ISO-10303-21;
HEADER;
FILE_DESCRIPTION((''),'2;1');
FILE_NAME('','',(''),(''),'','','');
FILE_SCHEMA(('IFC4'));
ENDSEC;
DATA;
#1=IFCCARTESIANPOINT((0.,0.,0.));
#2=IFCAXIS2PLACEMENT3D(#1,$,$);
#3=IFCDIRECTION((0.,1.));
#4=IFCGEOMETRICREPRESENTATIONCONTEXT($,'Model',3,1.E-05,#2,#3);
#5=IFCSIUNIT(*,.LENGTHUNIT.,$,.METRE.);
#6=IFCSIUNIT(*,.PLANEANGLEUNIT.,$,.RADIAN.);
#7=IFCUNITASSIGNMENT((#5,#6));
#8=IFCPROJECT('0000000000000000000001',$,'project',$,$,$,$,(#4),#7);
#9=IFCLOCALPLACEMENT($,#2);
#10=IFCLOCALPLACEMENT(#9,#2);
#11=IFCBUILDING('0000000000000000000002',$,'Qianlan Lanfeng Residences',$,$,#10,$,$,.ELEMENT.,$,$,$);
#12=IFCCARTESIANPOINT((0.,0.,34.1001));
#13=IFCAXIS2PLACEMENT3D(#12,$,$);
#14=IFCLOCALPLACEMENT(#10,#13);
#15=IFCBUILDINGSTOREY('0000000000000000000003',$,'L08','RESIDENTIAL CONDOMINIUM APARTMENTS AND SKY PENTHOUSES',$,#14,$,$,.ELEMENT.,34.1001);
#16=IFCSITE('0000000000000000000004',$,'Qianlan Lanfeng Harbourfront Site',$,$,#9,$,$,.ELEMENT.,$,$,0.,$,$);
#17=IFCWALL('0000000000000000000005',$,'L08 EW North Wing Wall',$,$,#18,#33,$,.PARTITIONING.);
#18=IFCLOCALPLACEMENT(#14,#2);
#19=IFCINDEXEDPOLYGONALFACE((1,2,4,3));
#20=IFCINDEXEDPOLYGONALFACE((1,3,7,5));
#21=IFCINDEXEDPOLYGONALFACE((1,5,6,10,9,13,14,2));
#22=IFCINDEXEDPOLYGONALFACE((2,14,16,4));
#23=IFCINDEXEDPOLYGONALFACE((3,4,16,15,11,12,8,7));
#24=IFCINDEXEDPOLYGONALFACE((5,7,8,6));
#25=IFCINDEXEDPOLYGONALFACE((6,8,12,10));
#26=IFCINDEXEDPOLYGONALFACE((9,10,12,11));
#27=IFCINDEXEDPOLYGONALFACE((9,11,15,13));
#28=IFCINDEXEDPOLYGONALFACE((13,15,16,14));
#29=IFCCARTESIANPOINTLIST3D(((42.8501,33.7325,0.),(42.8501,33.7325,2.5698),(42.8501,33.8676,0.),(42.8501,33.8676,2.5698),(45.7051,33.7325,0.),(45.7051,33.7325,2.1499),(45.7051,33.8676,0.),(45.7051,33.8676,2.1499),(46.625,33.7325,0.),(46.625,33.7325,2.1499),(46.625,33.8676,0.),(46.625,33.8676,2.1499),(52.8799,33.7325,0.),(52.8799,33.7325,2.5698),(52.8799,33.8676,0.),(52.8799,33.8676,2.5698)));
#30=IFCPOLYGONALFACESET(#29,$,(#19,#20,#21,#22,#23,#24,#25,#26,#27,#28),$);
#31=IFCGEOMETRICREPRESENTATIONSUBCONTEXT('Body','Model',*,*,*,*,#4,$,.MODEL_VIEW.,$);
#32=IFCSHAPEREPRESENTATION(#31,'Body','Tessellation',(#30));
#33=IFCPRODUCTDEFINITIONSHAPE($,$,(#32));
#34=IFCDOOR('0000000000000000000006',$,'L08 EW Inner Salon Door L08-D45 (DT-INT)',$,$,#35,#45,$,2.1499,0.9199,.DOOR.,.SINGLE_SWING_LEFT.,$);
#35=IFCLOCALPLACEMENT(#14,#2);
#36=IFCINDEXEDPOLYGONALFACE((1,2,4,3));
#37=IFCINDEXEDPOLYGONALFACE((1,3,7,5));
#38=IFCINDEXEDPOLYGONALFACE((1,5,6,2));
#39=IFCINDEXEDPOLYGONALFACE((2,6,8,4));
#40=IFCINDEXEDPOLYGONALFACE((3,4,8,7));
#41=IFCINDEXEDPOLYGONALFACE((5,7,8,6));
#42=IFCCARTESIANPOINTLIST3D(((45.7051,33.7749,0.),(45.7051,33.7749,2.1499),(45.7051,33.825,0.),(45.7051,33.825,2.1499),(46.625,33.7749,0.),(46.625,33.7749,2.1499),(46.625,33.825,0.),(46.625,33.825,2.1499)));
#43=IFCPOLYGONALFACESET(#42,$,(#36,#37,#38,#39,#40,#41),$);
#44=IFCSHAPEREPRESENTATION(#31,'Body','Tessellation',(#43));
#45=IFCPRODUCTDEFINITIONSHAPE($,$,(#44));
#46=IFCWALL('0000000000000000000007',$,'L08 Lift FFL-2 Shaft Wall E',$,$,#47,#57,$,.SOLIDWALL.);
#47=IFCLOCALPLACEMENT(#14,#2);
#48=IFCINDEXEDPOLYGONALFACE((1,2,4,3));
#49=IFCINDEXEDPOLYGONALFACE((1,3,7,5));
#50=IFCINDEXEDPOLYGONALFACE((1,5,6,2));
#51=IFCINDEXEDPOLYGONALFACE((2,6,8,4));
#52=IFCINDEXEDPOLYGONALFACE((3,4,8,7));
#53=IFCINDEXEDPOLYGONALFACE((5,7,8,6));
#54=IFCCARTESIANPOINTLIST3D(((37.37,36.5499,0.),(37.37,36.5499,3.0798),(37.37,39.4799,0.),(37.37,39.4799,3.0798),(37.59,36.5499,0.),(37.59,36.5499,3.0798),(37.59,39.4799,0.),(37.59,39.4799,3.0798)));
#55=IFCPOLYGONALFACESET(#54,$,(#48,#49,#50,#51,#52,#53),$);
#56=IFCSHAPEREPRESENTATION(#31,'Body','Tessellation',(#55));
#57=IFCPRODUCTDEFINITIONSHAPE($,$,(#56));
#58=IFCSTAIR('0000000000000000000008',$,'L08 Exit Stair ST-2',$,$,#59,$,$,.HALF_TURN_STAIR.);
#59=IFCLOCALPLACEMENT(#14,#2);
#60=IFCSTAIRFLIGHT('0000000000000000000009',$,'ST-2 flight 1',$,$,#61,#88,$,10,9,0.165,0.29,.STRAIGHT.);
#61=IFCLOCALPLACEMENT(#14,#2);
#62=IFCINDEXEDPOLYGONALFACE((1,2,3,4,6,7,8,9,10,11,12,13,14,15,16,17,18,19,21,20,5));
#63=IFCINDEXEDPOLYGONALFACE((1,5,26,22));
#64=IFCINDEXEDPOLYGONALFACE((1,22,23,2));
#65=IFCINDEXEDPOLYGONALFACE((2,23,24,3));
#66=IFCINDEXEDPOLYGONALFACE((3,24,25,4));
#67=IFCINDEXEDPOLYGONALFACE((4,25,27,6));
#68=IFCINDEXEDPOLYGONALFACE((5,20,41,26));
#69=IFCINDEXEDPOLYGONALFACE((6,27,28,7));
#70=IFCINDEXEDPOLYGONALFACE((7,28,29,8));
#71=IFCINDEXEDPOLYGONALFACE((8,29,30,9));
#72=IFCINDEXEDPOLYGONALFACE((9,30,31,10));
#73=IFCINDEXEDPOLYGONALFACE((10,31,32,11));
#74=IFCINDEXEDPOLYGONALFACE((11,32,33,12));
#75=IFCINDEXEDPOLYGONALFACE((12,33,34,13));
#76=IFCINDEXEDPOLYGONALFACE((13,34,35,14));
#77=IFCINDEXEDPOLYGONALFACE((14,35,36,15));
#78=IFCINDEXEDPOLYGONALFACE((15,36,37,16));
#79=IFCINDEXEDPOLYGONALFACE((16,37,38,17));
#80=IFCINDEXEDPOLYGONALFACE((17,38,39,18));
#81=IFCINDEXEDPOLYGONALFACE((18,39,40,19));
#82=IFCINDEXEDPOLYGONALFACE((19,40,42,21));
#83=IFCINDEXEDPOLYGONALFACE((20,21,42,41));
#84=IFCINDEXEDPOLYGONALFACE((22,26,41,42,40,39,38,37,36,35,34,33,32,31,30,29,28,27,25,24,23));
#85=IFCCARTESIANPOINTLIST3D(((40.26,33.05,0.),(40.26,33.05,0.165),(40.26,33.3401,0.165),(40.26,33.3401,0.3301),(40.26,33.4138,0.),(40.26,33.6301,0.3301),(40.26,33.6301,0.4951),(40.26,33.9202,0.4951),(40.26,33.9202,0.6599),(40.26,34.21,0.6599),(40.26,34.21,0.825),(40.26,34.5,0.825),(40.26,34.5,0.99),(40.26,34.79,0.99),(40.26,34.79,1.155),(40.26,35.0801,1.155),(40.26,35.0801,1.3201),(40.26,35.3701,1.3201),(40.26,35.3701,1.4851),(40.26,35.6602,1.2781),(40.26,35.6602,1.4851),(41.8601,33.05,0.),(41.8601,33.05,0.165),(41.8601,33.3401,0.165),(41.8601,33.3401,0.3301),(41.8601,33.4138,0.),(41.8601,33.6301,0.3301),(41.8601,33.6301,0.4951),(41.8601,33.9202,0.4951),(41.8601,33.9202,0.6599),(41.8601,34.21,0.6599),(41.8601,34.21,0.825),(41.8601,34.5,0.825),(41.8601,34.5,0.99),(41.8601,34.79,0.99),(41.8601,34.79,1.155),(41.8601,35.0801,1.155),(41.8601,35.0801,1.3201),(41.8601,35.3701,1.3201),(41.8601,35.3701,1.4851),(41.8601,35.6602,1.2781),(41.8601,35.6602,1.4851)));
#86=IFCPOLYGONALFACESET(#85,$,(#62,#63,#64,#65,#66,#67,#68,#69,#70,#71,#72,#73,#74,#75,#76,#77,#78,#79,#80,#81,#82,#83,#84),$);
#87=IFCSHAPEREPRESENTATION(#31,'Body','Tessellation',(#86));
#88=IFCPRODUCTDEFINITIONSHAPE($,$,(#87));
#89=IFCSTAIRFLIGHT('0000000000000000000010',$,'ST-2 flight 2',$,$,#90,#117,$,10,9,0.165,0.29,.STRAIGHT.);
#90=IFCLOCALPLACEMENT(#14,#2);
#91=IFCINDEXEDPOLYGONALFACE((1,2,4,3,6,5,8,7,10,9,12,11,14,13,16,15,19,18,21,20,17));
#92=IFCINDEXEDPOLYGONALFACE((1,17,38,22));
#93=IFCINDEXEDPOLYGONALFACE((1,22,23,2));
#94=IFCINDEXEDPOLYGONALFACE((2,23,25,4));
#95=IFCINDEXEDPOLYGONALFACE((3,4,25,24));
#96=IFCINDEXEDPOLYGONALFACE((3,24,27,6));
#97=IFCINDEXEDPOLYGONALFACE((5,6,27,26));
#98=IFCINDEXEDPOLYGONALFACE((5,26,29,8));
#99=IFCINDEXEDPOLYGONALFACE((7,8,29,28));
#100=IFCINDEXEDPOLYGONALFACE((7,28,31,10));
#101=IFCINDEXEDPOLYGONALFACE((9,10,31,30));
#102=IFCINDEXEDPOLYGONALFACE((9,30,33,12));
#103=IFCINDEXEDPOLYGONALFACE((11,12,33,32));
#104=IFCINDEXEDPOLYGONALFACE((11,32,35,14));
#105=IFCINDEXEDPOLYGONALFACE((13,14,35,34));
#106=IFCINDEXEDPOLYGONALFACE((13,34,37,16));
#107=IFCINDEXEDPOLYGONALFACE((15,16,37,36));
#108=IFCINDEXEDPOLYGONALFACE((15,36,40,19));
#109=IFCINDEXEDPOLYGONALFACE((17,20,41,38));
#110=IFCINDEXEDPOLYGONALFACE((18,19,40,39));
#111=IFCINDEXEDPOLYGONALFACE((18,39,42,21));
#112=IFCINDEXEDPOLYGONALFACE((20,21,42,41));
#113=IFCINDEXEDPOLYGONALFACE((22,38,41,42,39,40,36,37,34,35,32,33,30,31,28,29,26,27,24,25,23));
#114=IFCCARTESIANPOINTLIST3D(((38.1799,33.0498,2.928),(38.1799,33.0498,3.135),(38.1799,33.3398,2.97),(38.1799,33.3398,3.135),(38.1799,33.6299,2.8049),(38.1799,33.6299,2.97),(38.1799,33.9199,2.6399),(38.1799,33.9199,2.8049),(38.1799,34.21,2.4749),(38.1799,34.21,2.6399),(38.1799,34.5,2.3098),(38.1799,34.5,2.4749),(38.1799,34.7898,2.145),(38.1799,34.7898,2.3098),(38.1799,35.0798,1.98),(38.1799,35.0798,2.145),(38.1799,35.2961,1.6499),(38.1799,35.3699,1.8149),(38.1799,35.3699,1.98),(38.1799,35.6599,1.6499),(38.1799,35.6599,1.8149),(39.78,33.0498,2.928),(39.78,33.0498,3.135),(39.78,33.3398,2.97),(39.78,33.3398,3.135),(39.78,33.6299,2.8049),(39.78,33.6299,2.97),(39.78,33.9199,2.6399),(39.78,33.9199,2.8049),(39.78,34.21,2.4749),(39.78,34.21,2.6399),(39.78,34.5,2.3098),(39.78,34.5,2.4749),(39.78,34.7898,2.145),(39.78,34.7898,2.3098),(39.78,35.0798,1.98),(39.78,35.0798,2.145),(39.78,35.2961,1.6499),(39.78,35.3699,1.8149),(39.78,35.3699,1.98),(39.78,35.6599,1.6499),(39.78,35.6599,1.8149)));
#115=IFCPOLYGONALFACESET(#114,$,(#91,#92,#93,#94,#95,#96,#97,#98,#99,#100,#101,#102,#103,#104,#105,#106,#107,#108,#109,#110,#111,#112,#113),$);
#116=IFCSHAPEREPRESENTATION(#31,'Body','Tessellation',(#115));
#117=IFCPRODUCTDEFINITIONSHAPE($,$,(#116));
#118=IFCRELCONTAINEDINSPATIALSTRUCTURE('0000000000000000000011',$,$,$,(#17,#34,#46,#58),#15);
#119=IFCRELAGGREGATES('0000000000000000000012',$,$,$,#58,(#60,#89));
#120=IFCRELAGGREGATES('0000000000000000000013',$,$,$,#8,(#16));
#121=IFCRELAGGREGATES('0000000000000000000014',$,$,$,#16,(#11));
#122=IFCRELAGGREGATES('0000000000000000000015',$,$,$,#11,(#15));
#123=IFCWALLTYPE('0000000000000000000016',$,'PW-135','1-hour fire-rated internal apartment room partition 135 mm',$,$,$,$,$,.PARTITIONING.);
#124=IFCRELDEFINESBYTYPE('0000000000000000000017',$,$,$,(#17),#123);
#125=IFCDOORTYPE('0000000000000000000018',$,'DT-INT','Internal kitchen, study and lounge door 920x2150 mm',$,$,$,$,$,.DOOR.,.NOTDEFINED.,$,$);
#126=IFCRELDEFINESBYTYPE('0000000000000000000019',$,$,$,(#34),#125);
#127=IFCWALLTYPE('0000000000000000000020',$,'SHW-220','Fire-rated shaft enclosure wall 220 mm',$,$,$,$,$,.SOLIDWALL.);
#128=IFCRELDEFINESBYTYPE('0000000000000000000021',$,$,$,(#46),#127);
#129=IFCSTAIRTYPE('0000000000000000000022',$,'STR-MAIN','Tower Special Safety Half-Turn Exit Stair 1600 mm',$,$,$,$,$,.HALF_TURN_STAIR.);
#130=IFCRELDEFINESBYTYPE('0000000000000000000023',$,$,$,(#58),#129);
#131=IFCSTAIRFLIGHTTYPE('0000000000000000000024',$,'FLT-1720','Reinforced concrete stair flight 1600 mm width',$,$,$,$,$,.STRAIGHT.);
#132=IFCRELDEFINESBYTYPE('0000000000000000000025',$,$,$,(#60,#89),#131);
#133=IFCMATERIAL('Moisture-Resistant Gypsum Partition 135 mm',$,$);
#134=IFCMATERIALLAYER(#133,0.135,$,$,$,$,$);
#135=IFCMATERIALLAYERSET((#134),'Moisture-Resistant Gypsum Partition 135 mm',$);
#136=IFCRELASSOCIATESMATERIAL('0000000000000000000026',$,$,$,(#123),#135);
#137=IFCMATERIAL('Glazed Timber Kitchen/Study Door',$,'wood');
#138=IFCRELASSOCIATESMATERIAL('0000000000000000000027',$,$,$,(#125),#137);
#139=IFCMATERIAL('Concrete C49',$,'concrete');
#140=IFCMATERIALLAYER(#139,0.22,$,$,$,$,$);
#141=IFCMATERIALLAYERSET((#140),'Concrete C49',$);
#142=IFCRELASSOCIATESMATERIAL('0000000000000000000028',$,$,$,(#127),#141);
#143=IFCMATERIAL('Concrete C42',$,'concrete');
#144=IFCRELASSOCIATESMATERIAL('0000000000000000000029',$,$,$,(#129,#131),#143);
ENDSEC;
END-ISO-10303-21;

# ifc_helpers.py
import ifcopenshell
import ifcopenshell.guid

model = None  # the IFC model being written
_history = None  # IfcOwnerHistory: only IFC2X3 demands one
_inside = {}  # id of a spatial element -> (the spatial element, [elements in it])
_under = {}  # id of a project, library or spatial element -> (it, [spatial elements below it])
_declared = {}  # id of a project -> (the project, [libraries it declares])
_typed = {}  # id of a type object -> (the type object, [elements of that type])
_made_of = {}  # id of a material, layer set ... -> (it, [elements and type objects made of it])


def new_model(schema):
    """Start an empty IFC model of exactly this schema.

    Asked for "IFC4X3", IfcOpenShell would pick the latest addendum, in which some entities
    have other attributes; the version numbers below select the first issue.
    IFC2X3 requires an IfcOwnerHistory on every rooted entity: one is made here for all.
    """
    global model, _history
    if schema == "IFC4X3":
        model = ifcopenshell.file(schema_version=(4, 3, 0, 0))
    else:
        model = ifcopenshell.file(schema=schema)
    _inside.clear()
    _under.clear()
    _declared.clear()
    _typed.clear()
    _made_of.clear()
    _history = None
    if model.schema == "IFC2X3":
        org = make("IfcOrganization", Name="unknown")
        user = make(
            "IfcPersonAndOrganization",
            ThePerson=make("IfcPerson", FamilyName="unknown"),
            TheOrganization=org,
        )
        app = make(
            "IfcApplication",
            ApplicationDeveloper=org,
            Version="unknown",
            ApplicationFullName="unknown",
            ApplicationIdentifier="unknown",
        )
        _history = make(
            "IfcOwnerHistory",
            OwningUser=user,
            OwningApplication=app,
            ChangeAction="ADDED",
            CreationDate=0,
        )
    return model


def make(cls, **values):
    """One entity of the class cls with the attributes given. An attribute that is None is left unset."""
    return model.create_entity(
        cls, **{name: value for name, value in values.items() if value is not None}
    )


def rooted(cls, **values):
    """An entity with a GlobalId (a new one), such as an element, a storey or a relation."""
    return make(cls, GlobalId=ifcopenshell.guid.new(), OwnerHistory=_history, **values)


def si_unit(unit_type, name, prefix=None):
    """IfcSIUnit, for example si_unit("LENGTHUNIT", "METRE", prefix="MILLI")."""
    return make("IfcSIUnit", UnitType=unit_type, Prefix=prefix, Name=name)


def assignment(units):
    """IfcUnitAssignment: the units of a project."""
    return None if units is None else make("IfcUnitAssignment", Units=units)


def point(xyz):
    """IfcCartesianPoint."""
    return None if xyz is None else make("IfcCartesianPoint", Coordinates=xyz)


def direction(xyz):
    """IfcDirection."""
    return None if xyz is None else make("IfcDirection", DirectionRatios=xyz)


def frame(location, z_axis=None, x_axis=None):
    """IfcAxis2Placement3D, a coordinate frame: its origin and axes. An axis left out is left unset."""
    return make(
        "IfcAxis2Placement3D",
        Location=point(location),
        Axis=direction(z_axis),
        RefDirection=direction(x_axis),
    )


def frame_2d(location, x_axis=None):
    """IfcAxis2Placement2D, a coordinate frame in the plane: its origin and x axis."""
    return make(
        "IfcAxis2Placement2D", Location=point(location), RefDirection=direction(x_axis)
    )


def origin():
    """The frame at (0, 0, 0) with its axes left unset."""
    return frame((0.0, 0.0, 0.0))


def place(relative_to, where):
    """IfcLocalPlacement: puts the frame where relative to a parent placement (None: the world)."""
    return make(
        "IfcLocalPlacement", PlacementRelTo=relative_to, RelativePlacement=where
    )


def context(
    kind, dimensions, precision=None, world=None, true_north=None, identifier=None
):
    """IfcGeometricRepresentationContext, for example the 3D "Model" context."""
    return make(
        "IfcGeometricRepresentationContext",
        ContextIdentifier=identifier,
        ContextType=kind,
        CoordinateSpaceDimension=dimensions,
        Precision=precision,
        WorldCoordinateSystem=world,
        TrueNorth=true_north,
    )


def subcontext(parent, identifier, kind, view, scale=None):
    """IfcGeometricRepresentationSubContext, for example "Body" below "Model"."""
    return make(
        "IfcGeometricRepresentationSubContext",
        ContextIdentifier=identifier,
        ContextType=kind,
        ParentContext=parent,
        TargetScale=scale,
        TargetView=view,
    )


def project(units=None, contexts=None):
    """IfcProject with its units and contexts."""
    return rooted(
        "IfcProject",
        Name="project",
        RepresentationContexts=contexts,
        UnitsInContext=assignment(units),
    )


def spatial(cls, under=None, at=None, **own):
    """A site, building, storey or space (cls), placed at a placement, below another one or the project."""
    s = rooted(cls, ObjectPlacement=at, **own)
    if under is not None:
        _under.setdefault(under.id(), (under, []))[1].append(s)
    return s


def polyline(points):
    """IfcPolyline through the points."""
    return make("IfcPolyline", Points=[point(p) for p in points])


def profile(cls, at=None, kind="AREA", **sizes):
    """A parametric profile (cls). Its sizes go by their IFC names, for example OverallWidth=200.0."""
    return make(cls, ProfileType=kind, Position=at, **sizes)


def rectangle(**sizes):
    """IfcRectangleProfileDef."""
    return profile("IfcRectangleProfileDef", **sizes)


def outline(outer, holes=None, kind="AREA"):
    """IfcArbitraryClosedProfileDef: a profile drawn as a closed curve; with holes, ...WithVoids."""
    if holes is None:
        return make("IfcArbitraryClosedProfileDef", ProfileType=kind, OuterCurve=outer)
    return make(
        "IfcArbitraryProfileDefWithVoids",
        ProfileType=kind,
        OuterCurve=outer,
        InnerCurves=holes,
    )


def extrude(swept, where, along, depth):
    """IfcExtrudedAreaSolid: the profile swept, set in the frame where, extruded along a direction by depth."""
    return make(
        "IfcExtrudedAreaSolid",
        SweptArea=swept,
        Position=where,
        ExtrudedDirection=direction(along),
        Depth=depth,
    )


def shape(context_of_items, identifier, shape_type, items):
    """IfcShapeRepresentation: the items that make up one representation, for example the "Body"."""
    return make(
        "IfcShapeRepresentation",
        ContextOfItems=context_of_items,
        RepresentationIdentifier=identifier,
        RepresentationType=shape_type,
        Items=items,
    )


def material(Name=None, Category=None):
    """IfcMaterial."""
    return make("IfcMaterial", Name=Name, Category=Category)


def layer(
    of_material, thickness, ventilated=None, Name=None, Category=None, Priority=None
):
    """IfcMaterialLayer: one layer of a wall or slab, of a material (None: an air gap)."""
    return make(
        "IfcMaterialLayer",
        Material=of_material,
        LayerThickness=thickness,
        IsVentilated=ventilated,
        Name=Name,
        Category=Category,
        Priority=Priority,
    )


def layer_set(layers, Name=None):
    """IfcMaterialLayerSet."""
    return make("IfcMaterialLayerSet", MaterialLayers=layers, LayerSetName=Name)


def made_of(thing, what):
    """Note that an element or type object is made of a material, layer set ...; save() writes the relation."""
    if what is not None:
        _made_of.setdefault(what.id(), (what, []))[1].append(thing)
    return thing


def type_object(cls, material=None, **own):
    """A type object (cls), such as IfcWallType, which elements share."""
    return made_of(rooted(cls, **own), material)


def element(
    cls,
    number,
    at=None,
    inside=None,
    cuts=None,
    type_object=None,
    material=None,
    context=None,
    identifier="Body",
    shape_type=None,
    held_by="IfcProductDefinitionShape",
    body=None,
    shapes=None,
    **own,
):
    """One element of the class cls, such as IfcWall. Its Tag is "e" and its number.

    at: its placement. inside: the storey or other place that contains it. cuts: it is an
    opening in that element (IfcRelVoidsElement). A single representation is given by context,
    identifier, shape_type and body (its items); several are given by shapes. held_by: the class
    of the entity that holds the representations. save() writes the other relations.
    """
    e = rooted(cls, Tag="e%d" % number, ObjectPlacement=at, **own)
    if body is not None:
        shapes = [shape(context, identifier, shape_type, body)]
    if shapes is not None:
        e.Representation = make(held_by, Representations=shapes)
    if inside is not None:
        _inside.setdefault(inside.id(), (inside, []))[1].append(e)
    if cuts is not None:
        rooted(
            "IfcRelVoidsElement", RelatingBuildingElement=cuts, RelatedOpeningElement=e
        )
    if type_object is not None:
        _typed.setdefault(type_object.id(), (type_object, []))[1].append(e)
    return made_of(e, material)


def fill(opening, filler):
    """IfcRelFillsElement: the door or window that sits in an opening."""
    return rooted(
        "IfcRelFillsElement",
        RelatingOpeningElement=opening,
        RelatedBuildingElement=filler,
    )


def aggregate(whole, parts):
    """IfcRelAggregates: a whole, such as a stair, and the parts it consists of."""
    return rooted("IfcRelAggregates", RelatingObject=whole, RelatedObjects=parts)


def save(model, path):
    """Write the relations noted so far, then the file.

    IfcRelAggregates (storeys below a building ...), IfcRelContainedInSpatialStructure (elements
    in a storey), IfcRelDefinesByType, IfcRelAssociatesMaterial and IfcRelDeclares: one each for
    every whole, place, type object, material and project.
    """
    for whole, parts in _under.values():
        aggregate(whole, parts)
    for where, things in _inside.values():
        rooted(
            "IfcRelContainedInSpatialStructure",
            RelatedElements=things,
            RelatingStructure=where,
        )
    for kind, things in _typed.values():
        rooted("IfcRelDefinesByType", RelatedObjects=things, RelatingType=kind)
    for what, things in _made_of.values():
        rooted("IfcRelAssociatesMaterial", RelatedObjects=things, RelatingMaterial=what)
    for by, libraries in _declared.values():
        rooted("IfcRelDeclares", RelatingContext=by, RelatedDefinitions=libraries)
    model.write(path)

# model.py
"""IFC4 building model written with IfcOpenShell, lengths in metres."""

from ifc_helpers import new_model, si_unit, direction, frame, frame_2d, origin, place, context, subcontext, project, spatial, polyline, rectangle, outline, extrude, material, layer, layer_set, type_object, element, fill, aggregate, save


model = new_model("IFC4")

# Units and contexts
model_context = context("Model", 3, precision=1e-05, world=origin(), true_north=direction((0.0, 1.0)))
body_context = subcontext(model_context, "Body", "Model", "MODEL_VIEW")
ifc_project = project(units=[si_unit("LENGTHUNIT", "METRE"), si_unit("PLANEANGLEUNIT", "RADIAN")], contexts=[model_context])

# Site, building, storey
site_placement = place(None, origin())
site = spatial("IfcSite", under=ifc_project, at=site_placement, Name="Qianlan Lanfeng Harbourfront Site", CompositionType="ELEMENT", RefElevation=0.0)
building_placement = place(site_placement, origin())
building = spatial("IfcBuilding", under=site, at=building_placement, Name="Qianlan Lanfeng Residences", CompositionType="ELEMENT")
storey_placement = place(building_placement, frame((0.0, 0.0, 34.1001)))
storey = spatial("IfcBuildingStorey", under=building, at=storey_placement, Name="L08", Description="RESIDENTIAL CONDOMINIUM APARTMENTS AND SKY PENTHOUSES", CompositionType="ELEMENT", Elevation=34.1001)

# Shared definitions
ifc_material_1 = material(Name="Concrete C42", Category="concrete")

# Wall, opening, door
ifc_material_2 = material(Name="Moisture-Resistant Gypsum Partition 135 mm")
ifc_layer_1 = layer(ifc_material_2, 0.135)
ifc_layer_set_1 = layer_set([ifc_layer_1], Name="Moisture-Resistant Gypsum Partition 135 mm")
wall_type_1 = type_object("IfcWallType", Name="PW-135", Description="1-hour fire-rated internal apartment room partition 135 mm", PredefinedType="PARTITIONING", material=ifc_layer_set_1)
wall_1_placement = place(storey_placement, frame((42.8501, 33.8, 0.0), z_axis=(0.0, 0.0, 1.0), x_axis=(1.0, 0.0, 0.0)))
wall_1 = element("IfcWall", 1, at=wall_1_placement, inside=storey, type_object=wall_type_1, Name="L08 EW North Wing Wall", PredefinedType="PARTITIONING", context=body_context, shape_type="SweptSolid", body=[
    extrude(rectangle(XDim=10.0298, YDim=0.135, at=frame_2d((5.0149, 0.0))), origin(), (0.0, 0.0, 1.0), 2.5698),
])
opening_1_placement = place(wall_1_placement, frame((2.855, 0.0, 0.0)))
opening_1 = element("IfcOpeningElement", 2, at=opening_1_placement, cuts=wall_1, PredefinedType="OPENING", context=body_context, shape_type="SweptSolid", body=[
    extrude(rectangle(XDim=0.9199, YDim=2.1499, at=frame_2d((0.46, 1.075))), frame((0.0, 0.0776, 0.0), z_axis=(0.0, -1.0, 0.0), x_axis=(1.0, 0.0, 0.0)), (0.0, 0.0, 1.0), 0.155),
])
ifc_material_3 = material(Name="Glazed Timber Kitchen/Study Door", Category="wood")
door_type_1 = type_object("IfcDoorType", Name="DT-INT", Description="Internal kitchen, study and lounge door 920x2150 mm", OperationType="NOTDEFINED", PredefinedType="DOOR", material=ifc_material_3)
door_1_placement = place(opening_1_placement, origin())
door_1 = element("IfcDoor", 3, at=door_1_placement, inside=storey, type_object=door_type_1, Name="L08 EW Inner Salon Door L08-D45 (DT-INT)", OperationType="SINGLE_SWING_LEFT", OverallHeight=2.1499, OverallWidth=0.9199, PredefinedType="DOOR", context=body_context, shape_type="SweptSolid", body=[
    extrude(rectangle(XDim=0.9199, YDim=2.1499, at=frame_2d((0.46, 1.075))), frame((0.0, 0.0249, 0.0), z_axis=(0.0, -1.0, 0.0), x_axis=(1.0, 0.0, 0.0)), (0.0, 0.0, 1.0), 0.05),
])
fill(opening_1, door_1)

# Wall
ifc_material_4 = material(Name="Concrete C49", Category="concrete")
ifc_layer_2 = layer(ifc_material_4, 0.22)
ifc_layer_set_2 = layer_set([ifc_layer_2], Name="Concrete C49")
wall_type_2 = type_object("IfcWallType", Name="SHW-220", Description="Fire-rated shaft enclosure wall 220 mm", PredefinedType="SOLIDWALL", material=ifc_layer_set_2)
wall_2_placement = place(storey_placement, frame((37.48, 36.55, 0.0), z_axis=(0.0, 0.0, 1.0), x_axis=(0.0, 1.0, 0.0)))
element("IfcWall", 4, at=wall_2_placement, inside=storey, type_object=wall_type_2, Name="L08 Lift FFL-2 Shaft Wall E", PredefinedType="SOLIDWALL", context=body_context, shape_type="SweptSolid", body=[
    extrude(rectangle(XDim=2.9299, YDim=0.22, at=frame_2d((1.4648, 0.0))), origin(), (0.0, 0.0, 1.0), 3.0798),
])

# Stair, stair flights
stair_type = type_object("IfcStairType", Name="STR-MAIN", Description="Tower Special Safety Half-Turn Exit Stair 1600 mm", PredefinedType="HALF_TURN_STAIR", material=ifc_material_1)
stair_placement = place(storey_placement, origin())
stair = element("IfcStair", 5, at=stair_placement, inside=storey, type_object=stair_type, Name="L08 Exit Stair ST-2", PredefinedType="HALF_TURN_STAIR")
stair_flight_type = type_object("IfcStairFlightType", Name="FLT-1720", Description="Reinforced concrete stair flight 1600 mm width", PredefinedType="STRAIGHT", material=ifc_material_1)
stair_flight_1_placement = place(storey_placement, frame((41.0601, 33.05, 0.0), z_axis=(0.0, 0.0, 1.0), x_axis=(0.0, 1.0, 0.0)))
stair_flight_1 = element("IfcStairFlight", 6, at=stair_flight_1_placement, type_object=stair_flight_type, Name="ST-2 flight 1", NumberOfRisers=10, NumberOfTreads=9, PredefinedType="STRAIGHT", RiserHeight=0.165, TreadLength=0.29, context=body_context, shape_type="SweptSolid", body=[
    extrude(outline(polyline([(0.0, 0.0), (0.0, 0.165), (0.29, 0.165), (0.29, 0.3301), (0.5801, 0.3301), (0.5801, 0.4951), (0.8701, 0.4951), (0.8701, 0.6599), (1.1599, 0.6599), (1.1599, 0.825), (1.45, 0.825), (1.45, 0.99), (1.74, 0.99), (1.74, 1.155), (2.03, 1.155), (2.03, 1.3201), (2.3201, 1.3201), (2.3201, 1.4851), (2.6101, 1.4851), (2.6101, 1.6499), (2.6101, 1.2781), (0.3638, 0.0), (0.0, 0.0)])), frame((0.0, 0.8, 0.0), z_axis=(0.0, -1.0, 0.0), x_axis=(1.0, 0.0, 0.0)), (0.0, 0.0, 1.0), 1.6001),
])
stair_flight_2_placement = place(storey_placement, frame((38.98, 35.6599, 1.6499), z_axis=(0.0, 0.0, 1.0), x_axis=(0.0, -1.0, 0.0)))
stair_flight_2 = element("IfcStairFlight", 7, at=stair_flight_2_placement, type_object=stair_flight_type, Name="ST-2 flight 2", NumberOfRisers=10, NumberOfTreads=9, PredefinedType="STRAIGHT", RiserHeight=0.165, TreadLength=0.29, context=body_context, shape_type="SweptSolid", body=[
    extrude(outline(polyline([(0.0, 0.0), (0.0, 0.165), (0.29, 0.165), (0.29, 0.3301), (0.5801, 0.3301), (0.5801, 0.4951), (0.8701, 0.4951), (0.8701, 0.6599), (1.1599, 0.6599), (1.1599, 0.825), (1.45, 0.825), (1.45, 0.99), (1.74, 0.99), (1.74, 1.155), (2.03, 1.155), (2.03, 1.3201), (2.3201, 1.3201), (2.3201, 1.4851), (2.6101, 1.4851), (2.6101, 1.6499), (2.6101, 1.2781), (0.3638, 0.0), (0.0, 0.0)])), frame((0.0, 0.8, 0.0), z_axis=(0.0, -1.0, 0.0), x_axis=(1.0, 0.0, 0.0)), (0.0, 0.0, 1.0), 1.6001),
])
aggregate(stair, [stair_flight_1, stair_flight_2])

save(model, "model.ifc")
